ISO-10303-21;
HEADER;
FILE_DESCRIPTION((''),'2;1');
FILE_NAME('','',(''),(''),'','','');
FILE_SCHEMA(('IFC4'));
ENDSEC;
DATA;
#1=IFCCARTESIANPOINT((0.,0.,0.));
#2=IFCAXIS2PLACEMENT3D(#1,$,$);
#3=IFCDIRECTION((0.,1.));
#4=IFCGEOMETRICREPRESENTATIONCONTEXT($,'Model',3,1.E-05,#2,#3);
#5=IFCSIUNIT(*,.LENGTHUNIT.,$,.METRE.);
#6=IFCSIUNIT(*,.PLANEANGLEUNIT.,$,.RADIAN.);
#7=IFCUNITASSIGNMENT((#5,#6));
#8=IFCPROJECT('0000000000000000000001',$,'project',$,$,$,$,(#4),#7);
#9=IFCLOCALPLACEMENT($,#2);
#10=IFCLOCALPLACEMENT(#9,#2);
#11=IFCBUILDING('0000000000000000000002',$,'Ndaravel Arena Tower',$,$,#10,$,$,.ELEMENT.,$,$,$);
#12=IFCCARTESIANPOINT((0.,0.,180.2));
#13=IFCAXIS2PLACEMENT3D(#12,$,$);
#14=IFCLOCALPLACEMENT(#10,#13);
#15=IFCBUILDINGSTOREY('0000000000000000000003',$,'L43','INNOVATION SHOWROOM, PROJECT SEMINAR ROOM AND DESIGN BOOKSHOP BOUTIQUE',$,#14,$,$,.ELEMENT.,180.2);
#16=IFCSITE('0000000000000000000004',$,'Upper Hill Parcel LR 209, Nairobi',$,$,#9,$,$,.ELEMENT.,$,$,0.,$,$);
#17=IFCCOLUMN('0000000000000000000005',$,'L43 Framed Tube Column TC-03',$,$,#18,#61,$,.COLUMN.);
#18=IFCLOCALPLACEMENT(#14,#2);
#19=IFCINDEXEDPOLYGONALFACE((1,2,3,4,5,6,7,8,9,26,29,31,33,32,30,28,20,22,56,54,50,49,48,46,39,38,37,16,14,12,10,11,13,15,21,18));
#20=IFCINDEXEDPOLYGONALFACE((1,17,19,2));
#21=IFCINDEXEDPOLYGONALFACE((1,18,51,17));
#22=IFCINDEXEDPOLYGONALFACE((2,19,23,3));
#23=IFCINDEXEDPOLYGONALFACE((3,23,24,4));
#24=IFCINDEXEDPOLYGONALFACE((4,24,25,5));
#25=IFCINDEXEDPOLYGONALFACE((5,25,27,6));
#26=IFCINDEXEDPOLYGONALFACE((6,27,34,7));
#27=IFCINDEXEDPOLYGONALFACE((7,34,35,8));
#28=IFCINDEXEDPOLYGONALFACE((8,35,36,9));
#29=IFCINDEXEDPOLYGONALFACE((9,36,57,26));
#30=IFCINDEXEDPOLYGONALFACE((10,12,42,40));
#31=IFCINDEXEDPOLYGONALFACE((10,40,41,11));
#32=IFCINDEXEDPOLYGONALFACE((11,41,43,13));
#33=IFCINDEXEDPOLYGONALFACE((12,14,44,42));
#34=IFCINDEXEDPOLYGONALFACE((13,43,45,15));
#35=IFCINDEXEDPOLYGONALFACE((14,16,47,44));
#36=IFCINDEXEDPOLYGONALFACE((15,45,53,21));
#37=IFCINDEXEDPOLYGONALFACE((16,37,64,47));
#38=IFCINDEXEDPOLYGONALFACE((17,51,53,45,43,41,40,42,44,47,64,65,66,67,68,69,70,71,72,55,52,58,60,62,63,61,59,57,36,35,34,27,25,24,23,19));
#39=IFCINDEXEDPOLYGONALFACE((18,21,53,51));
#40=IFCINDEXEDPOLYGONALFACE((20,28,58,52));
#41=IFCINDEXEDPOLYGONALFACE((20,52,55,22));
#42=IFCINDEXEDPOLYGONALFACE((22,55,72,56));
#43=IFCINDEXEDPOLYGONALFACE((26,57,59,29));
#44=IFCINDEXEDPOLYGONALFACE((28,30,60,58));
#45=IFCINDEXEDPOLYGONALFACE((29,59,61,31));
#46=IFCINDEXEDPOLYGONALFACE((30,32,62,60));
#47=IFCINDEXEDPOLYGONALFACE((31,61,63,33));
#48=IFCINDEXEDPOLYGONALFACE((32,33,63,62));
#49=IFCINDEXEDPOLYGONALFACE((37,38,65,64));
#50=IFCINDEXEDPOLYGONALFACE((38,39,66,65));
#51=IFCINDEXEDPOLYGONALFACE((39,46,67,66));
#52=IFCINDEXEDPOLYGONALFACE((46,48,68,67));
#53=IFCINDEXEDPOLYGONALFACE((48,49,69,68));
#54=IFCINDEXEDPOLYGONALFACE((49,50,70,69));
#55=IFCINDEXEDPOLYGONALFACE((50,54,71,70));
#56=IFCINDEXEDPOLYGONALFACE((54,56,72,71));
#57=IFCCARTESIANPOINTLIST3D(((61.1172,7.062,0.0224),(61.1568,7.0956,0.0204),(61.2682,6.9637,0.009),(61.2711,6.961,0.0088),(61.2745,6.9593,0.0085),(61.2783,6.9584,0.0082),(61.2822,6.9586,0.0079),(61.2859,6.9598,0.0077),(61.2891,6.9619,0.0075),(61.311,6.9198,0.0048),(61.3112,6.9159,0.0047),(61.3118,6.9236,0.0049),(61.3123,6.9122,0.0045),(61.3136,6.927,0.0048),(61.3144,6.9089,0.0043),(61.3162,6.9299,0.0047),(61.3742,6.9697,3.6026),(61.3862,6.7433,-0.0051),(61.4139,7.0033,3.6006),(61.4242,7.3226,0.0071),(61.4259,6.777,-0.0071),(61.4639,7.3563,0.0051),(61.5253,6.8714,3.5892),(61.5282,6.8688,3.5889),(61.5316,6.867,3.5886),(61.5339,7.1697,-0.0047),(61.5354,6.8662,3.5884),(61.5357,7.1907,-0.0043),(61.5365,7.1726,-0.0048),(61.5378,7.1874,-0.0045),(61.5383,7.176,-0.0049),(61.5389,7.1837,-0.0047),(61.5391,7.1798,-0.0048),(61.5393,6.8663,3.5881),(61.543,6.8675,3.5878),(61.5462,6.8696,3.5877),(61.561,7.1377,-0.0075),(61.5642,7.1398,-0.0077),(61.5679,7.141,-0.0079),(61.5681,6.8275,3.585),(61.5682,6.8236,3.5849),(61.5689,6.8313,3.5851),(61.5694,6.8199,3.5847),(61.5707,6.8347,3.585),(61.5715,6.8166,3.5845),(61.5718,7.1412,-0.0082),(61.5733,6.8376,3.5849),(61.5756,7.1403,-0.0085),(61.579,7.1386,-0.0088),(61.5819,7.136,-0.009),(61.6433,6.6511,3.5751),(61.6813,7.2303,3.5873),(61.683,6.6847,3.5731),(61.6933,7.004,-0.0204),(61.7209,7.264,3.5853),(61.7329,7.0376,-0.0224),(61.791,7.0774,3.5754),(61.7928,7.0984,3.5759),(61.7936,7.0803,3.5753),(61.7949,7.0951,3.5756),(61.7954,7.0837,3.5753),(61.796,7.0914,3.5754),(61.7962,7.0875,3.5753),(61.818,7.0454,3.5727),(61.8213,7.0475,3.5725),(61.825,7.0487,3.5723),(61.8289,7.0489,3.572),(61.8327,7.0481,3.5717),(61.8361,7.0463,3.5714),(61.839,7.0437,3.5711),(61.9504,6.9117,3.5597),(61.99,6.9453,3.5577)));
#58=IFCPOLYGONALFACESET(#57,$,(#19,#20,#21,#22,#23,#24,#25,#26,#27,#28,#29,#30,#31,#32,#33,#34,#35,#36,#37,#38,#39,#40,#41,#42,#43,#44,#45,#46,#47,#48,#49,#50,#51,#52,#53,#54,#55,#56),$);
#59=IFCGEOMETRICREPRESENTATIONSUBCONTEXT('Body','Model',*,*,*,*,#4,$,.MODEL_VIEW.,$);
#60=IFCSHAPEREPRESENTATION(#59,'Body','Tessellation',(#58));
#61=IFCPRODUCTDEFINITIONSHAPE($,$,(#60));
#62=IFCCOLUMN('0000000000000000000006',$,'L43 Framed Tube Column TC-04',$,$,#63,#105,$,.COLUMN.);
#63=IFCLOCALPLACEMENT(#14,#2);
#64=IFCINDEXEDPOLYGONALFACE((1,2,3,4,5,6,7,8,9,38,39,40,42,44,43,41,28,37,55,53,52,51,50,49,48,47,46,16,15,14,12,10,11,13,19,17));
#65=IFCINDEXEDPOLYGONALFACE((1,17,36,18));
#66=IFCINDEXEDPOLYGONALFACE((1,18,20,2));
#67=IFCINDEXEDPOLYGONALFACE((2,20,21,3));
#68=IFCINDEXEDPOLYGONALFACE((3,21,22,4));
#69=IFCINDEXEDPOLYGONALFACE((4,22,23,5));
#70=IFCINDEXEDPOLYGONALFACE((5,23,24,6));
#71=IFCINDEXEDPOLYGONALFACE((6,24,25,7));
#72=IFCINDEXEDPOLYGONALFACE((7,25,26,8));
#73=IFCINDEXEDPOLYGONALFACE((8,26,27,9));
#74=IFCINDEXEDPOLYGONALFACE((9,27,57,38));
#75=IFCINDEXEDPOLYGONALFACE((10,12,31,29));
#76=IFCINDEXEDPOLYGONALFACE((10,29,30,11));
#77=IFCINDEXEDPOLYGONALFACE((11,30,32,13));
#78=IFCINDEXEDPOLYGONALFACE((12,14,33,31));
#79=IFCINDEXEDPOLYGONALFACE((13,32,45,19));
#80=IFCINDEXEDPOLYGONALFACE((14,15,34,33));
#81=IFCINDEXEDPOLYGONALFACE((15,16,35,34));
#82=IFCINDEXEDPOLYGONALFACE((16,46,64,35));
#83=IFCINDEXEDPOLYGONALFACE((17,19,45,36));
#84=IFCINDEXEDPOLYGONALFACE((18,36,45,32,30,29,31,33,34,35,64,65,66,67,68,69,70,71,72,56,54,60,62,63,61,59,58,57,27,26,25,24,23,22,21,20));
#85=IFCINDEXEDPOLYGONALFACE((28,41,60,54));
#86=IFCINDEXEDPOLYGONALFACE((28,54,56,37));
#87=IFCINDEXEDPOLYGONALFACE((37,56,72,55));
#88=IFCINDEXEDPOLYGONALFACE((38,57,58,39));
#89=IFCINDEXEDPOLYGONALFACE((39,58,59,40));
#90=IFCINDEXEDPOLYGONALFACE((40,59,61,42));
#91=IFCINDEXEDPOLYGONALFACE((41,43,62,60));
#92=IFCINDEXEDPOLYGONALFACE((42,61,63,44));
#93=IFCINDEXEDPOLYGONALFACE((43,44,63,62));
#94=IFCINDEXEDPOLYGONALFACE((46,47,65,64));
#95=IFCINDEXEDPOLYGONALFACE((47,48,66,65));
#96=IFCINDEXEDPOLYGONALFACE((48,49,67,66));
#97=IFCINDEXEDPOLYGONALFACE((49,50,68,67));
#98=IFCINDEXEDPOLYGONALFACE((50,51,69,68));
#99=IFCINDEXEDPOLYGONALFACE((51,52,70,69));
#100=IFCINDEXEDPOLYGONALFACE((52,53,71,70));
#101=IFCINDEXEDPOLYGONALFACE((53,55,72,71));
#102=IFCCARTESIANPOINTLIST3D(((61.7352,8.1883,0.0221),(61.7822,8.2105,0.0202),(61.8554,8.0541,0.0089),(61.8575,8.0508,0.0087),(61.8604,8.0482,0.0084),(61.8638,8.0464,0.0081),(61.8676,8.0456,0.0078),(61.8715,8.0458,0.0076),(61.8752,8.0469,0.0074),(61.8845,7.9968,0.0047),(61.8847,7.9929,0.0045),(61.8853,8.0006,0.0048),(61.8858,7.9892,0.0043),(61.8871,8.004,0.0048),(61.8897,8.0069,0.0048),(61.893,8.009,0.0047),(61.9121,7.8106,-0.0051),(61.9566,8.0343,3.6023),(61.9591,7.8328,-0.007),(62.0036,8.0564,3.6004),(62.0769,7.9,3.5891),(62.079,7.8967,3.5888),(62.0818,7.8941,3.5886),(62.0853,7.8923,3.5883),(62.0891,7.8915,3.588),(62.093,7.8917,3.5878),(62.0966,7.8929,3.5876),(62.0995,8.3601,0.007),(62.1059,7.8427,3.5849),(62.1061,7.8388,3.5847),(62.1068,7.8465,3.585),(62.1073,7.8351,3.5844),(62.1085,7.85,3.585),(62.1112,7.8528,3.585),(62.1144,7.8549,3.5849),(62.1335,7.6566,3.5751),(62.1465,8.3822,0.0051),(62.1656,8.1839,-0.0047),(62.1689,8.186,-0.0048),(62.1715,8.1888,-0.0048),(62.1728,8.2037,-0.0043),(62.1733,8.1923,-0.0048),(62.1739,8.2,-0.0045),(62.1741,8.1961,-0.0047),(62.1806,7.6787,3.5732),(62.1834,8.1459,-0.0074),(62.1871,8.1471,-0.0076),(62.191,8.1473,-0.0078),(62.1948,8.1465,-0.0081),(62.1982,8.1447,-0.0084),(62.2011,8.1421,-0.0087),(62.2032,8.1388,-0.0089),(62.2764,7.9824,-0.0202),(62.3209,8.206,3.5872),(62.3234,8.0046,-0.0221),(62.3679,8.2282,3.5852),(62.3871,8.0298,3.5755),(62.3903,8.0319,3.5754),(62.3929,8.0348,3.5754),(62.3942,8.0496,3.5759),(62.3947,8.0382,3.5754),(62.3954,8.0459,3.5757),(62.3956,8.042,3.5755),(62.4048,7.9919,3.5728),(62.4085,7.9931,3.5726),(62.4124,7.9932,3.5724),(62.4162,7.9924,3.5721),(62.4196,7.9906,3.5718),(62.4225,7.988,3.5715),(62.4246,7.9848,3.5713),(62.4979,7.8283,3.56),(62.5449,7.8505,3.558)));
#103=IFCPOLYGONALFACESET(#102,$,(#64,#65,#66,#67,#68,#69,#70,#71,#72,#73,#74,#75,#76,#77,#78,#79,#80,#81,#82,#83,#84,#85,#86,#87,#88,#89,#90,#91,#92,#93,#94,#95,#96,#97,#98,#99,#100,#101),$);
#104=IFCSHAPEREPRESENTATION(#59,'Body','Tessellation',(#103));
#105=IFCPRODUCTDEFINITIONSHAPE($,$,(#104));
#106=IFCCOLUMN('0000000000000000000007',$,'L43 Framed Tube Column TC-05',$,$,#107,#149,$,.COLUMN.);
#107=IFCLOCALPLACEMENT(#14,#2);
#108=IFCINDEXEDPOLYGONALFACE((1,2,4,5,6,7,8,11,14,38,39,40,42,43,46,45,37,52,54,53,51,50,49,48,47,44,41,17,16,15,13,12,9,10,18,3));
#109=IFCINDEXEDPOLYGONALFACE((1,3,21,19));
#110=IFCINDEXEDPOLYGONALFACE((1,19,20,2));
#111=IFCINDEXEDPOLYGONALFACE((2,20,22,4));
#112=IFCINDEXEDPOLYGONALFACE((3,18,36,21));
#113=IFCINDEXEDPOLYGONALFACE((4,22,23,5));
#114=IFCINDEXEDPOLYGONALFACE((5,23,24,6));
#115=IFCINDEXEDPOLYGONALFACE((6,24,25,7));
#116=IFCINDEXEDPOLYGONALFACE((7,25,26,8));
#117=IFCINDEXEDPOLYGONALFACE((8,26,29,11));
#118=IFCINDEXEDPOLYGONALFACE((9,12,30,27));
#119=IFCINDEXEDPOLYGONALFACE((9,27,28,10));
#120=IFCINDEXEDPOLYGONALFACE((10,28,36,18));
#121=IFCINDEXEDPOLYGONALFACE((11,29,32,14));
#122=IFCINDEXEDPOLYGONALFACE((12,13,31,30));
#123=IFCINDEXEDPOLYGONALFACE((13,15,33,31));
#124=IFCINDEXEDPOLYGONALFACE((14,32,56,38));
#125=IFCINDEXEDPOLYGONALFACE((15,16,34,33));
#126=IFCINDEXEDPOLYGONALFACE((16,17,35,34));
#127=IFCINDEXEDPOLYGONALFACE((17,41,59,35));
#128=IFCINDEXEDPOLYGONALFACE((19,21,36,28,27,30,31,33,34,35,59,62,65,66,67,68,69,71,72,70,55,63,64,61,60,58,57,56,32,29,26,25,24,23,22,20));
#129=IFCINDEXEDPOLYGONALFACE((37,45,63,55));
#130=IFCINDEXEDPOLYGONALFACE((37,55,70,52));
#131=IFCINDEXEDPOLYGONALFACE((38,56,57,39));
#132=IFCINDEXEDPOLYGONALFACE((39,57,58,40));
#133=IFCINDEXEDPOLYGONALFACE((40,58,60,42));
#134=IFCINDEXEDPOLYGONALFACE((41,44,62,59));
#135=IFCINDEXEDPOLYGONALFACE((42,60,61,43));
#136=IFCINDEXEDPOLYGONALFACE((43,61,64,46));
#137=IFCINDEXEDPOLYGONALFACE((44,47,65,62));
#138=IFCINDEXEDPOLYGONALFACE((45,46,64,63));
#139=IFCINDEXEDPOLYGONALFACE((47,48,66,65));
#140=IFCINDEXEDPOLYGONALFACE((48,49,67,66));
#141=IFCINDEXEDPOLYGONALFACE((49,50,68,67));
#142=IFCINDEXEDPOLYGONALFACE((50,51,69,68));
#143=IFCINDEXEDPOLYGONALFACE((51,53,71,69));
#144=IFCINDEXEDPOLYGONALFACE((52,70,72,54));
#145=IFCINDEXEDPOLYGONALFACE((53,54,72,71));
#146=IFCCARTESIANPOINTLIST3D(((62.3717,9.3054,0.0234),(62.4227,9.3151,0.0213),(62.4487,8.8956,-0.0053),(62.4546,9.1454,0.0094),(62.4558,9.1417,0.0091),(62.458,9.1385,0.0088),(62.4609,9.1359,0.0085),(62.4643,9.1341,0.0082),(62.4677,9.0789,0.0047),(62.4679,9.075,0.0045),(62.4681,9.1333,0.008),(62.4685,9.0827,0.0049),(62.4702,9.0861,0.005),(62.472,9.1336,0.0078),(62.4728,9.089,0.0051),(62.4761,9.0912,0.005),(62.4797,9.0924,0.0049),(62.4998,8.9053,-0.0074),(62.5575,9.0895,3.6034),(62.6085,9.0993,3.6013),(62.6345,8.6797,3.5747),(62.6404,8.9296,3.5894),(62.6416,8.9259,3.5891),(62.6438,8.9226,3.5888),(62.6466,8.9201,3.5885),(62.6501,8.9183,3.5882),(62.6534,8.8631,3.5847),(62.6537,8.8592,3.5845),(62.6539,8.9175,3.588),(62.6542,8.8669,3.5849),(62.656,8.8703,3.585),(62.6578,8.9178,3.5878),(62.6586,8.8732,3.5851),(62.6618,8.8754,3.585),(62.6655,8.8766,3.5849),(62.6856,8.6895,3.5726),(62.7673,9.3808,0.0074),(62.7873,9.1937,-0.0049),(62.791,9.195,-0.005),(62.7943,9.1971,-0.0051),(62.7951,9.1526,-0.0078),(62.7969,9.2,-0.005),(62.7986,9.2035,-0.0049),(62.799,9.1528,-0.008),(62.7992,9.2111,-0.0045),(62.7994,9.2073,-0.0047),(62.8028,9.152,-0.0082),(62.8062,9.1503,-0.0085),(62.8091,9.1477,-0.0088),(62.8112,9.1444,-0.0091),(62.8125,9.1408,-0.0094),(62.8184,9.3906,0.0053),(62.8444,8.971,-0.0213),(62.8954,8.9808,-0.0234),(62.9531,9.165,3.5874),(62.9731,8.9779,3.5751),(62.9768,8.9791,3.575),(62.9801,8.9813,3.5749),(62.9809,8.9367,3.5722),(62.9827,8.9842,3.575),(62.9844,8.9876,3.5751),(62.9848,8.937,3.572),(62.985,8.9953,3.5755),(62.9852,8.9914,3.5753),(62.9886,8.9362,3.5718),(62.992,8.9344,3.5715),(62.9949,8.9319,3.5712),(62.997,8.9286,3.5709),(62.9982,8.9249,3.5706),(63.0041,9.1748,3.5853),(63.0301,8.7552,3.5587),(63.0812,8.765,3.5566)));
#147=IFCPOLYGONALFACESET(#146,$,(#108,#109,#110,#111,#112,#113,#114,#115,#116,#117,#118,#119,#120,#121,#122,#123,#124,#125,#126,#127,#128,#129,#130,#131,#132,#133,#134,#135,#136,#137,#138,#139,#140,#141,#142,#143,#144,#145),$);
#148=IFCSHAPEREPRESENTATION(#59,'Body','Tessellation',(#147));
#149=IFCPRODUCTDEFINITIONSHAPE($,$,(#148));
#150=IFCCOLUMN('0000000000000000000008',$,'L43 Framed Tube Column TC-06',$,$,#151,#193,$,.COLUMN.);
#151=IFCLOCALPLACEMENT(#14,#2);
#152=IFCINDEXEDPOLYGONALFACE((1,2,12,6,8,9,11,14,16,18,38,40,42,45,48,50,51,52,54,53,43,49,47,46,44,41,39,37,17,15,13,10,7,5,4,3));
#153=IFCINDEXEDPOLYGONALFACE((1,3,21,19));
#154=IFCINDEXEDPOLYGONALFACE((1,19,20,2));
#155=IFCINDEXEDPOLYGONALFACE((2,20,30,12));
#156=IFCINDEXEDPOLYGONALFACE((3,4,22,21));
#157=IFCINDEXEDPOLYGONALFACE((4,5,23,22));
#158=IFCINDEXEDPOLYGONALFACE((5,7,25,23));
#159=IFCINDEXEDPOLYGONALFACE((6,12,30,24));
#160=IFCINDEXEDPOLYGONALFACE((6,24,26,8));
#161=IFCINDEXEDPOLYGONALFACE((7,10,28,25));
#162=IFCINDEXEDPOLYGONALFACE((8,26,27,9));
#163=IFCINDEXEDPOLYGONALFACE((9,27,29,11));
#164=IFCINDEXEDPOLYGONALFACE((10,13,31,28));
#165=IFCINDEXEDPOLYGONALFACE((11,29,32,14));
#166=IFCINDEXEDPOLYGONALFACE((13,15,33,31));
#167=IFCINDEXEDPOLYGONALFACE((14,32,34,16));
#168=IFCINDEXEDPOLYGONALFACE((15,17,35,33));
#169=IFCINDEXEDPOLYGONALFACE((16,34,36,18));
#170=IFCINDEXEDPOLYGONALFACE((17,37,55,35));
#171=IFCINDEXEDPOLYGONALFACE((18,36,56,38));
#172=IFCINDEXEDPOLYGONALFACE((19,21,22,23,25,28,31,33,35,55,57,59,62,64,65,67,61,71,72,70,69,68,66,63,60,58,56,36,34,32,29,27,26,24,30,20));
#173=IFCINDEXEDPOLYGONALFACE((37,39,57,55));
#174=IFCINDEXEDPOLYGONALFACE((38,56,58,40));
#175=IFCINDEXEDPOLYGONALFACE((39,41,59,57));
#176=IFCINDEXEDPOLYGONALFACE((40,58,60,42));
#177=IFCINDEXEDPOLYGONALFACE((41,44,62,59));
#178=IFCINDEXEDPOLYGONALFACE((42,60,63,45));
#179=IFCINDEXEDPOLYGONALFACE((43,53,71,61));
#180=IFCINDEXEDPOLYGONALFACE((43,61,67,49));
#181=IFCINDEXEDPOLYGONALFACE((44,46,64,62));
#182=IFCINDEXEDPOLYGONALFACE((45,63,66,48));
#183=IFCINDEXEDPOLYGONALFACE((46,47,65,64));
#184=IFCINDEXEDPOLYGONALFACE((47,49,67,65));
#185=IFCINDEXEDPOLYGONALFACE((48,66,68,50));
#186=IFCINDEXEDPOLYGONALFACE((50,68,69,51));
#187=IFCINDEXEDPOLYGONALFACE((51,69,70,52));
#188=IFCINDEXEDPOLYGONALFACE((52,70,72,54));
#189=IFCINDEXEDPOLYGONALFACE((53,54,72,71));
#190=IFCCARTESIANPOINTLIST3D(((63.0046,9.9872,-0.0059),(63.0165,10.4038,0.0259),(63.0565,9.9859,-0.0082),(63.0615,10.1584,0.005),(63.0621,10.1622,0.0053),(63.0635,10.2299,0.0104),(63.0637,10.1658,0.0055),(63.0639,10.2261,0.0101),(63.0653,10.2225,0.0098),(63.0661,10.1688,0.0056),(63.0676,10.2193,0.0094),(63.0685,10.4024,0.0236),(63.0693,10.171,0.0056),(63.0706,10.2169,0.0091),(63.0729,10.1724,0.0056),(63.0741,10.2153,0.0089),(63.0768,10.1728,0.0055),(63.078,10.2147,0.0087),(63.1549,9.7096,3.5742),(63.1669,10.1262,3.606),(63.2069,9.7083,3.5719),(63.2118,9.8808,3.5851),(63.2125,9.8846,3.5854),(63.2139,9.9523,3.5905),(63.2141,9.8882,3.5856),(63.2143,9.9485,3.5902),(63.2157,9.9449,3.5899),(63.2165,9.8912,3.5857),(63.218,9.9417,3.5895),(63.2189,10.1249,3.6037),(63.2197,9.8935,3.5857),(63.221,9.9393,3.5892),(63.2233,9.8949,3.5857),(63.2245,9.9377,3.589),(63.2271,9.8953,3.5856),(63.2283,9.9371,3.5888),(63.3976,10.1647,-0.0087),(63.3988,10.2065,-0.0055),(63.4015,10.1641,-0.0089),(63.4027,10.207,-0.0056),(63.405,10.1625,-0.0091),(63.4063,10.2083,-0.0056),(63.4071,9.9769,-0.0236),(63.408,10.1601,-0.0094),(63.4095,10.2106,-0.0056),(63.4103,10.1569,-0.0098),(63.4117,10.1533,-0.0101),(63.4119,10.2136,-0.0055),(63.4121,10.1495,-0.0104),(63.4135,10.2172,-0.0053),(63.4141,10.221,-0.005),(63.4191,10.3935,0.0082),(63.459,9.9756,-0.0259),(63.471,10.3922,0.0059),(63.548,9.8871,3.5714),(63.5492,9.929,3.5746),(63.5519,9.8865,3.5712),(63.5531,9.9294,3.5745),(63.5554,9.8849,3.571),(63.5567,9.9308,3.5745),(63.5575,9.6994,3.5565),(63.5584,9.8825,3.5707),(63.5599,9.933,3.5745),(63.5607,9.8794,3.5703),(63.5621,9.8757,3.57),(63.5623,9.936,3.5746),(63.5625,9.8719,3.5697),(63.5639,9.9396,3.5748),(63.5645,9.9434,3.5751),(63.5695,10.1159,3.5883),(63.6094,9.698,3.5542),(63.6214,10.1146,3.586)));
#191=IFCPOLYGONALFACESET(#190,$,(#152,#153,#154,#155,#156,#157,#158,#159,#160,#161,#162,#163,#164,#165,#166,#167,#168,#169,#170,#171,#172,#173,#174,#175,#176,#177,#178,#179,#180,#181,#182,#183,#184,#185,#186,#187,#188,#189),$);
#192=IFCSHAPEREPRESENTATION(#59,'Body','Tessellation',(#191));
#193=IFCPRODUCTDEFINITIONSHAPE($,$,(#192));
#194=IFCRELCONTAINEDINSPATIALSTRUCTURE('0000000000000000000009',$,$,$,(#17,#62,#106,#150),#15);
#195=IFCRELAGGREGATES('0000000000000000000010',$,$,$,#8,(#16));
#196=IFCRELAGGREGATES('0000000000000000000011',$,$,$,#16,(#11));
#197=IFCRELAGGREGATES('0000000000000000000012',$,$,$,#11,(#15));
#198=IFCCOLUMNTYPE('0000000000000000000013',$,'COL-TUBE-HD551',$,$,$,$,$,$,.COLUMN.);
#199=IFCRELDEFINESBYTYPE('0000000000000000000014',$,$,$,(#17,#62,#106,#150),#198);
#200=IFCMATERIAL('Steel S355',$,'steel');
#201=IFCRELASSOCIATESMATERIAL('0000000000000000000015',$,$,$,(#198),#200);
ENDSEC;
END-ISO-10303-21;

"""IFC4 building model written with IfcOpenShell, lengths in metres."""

from ifc_helpers import new_model, si_unit, direction, frame, origin, origin_2d, place, context, subcontext, project, spatial, i_section, extrude, material, material_profile, profile_set, type_object, element, save


model = new_model("IFC4")

# Units and contexts
model_context = context("Model", 3, precision=1e-05, world=origin(), true_north=direction((0.0, 1.0)))
body_context = subcontext(model_context, "Body", "Model", "MODEL_VIEW")
ifc_project = project(units=[si_unit("LENGTHUNIT", "METRE"), si_unit("PLANEANGLEUNIT", "RADIAN")], contexts=[model_context])

# Site, building, storey
site_placement = place(None, origin())
site = spatial("IfcSite", under=ifc_project, at=site_placement, Name="Upper Hill Parcel LR 209, Nairobi", CompositionType="ELEMENT", RefElevation=0.0)
building_placement = place(site_placement, origin())
building = spatial("IfcBuilding", under=site, at=building_placement, Name="Ndaravel Arena Tower", CompositionType="ELEMENT")
storey_placement = place(building_placement, frame((0.0, 0.0, 180.2)))
storey = spatial("IfcBuildingStorey", under=building, at=storey_placement, Name="L43", Description="INNOVATION SHOWROOM, PROJECT SEMINAR ROOM AND DESIGN BOOKSHOP BOUTIQUE", CompositionType="ELEMENT", Elevation=180.2)

# Columns
ifc_material_1 = material(Name="Steel S355", Category="steel")
ifc_material_profile_1 = material_profile(ifc_material_1, i_section(OverallWidth=0.418, OverallDepth=0.4551, WebThickness=0.042, FlangeThickness=0.052, FilletRadius=0.0149, at=origin_2d()), Name="HD 400x551")
ifc_profile_set_1 = profile_set([ifc_material_profile_1], Name="Steel S355")
column_type = type_object("IfcColumnType", Name="COL-TUBE-HD551", PredefinedType="COLUMN", material=ifc_profile_set_1)
column_1_placement = place(storey_placement, frame((61.425, 7.0498, 0.0), z_axis=(0.0716, -0.025703, 0.997102), x_axis=(-0.643804, 0.762349, 0.065882)))
element("IfcColumn", 1, at=column_1_placement, inside=storey, type_object=column_type, Name="L43 Framed Tube Column TC-03", PredefinedType="COLUMN", context=body_context, shape_type="SweptSolid", body=[
    extrude(i_section(OverallWidth=0.418, OverallDepth=0.4551, WebThickness=0.042, FlangeThickness=0.052, FilletRadius=0.0149, at=origin_2d()), origin(), (0.0, 0.0, 1.0), 3.5906),
])
column_2_placement = place(storey_placement, frame((62.0293, 8.0964, 0.0), z_axis=(0.061677, -0.042909, 0.997173), x_axis=(-0.423354, 0.903625, 0.065069)))
element("IfcColumn", 2, at=column_2_placement, inside=storey, type_object=column_type, Name="L43 Framed Tube Column TC-04", PredefinedType="COLUMN", context=body_context, shape_type="SweptSolid", body=[
    extrude(i_section(OverallWidth=0.418, OverallDepth=0.4551, WebThickness=0.042, FlangeThickness=0.052, FilletRadius=0.0149, at=origin_2d()), origin(), (0.0, 0.0, 1.0), 3.5903),
])
column_3_placement = place(storey_placement, frame((62.6335, 9.1431, 0.0), z_axis=(0.051732, -0.060094, 0.996851), x_axis=(-0.184296, 0.980469, 0.06867)))
element("IfcColumn", 3, at=column_3_placement, inside=storey, type_object=column_type, Name="L43 Framed Tube Column TC-05", PredefinedType="COLUMN", context=body_context, shape_type="SweptSolid", body=[
    extrude(i_section(OverallWidth=0.418, OverallDepth=0.4551, WebThickness=0.042, FlangeThickness=0.052, FilletRadius=0.0149, at=origin_2d()), origin(), (0.0, 0.0, 1.0), 3.5913),
])
column_4_placement = place(storey_placement, frame((63.2378, 10.1897, 0.0), z_axis=(0.041845, -0.077237, 0.996134), x_axis=(0.028682, 0.996689, 0.076075)))
element("IfcColumn", 4, at=column_4_placement, inside=storey, type_object=column_type, Name="L43 Framed Tube Column TC-06", PredefinedType="COLUMN", context=body_context, shape_type="SweptSolid", body=[
    extrude(i_section(OverallWidth=0.418, OverallDepth=0.4551, WebThickness=0.042, FlangeThickness=0.052, FilletRadius=0.0149, at=origin_2d()), origin(), (0.0, 0.0, 1.0), 3.594),
])

save(model, "model.ifc")
